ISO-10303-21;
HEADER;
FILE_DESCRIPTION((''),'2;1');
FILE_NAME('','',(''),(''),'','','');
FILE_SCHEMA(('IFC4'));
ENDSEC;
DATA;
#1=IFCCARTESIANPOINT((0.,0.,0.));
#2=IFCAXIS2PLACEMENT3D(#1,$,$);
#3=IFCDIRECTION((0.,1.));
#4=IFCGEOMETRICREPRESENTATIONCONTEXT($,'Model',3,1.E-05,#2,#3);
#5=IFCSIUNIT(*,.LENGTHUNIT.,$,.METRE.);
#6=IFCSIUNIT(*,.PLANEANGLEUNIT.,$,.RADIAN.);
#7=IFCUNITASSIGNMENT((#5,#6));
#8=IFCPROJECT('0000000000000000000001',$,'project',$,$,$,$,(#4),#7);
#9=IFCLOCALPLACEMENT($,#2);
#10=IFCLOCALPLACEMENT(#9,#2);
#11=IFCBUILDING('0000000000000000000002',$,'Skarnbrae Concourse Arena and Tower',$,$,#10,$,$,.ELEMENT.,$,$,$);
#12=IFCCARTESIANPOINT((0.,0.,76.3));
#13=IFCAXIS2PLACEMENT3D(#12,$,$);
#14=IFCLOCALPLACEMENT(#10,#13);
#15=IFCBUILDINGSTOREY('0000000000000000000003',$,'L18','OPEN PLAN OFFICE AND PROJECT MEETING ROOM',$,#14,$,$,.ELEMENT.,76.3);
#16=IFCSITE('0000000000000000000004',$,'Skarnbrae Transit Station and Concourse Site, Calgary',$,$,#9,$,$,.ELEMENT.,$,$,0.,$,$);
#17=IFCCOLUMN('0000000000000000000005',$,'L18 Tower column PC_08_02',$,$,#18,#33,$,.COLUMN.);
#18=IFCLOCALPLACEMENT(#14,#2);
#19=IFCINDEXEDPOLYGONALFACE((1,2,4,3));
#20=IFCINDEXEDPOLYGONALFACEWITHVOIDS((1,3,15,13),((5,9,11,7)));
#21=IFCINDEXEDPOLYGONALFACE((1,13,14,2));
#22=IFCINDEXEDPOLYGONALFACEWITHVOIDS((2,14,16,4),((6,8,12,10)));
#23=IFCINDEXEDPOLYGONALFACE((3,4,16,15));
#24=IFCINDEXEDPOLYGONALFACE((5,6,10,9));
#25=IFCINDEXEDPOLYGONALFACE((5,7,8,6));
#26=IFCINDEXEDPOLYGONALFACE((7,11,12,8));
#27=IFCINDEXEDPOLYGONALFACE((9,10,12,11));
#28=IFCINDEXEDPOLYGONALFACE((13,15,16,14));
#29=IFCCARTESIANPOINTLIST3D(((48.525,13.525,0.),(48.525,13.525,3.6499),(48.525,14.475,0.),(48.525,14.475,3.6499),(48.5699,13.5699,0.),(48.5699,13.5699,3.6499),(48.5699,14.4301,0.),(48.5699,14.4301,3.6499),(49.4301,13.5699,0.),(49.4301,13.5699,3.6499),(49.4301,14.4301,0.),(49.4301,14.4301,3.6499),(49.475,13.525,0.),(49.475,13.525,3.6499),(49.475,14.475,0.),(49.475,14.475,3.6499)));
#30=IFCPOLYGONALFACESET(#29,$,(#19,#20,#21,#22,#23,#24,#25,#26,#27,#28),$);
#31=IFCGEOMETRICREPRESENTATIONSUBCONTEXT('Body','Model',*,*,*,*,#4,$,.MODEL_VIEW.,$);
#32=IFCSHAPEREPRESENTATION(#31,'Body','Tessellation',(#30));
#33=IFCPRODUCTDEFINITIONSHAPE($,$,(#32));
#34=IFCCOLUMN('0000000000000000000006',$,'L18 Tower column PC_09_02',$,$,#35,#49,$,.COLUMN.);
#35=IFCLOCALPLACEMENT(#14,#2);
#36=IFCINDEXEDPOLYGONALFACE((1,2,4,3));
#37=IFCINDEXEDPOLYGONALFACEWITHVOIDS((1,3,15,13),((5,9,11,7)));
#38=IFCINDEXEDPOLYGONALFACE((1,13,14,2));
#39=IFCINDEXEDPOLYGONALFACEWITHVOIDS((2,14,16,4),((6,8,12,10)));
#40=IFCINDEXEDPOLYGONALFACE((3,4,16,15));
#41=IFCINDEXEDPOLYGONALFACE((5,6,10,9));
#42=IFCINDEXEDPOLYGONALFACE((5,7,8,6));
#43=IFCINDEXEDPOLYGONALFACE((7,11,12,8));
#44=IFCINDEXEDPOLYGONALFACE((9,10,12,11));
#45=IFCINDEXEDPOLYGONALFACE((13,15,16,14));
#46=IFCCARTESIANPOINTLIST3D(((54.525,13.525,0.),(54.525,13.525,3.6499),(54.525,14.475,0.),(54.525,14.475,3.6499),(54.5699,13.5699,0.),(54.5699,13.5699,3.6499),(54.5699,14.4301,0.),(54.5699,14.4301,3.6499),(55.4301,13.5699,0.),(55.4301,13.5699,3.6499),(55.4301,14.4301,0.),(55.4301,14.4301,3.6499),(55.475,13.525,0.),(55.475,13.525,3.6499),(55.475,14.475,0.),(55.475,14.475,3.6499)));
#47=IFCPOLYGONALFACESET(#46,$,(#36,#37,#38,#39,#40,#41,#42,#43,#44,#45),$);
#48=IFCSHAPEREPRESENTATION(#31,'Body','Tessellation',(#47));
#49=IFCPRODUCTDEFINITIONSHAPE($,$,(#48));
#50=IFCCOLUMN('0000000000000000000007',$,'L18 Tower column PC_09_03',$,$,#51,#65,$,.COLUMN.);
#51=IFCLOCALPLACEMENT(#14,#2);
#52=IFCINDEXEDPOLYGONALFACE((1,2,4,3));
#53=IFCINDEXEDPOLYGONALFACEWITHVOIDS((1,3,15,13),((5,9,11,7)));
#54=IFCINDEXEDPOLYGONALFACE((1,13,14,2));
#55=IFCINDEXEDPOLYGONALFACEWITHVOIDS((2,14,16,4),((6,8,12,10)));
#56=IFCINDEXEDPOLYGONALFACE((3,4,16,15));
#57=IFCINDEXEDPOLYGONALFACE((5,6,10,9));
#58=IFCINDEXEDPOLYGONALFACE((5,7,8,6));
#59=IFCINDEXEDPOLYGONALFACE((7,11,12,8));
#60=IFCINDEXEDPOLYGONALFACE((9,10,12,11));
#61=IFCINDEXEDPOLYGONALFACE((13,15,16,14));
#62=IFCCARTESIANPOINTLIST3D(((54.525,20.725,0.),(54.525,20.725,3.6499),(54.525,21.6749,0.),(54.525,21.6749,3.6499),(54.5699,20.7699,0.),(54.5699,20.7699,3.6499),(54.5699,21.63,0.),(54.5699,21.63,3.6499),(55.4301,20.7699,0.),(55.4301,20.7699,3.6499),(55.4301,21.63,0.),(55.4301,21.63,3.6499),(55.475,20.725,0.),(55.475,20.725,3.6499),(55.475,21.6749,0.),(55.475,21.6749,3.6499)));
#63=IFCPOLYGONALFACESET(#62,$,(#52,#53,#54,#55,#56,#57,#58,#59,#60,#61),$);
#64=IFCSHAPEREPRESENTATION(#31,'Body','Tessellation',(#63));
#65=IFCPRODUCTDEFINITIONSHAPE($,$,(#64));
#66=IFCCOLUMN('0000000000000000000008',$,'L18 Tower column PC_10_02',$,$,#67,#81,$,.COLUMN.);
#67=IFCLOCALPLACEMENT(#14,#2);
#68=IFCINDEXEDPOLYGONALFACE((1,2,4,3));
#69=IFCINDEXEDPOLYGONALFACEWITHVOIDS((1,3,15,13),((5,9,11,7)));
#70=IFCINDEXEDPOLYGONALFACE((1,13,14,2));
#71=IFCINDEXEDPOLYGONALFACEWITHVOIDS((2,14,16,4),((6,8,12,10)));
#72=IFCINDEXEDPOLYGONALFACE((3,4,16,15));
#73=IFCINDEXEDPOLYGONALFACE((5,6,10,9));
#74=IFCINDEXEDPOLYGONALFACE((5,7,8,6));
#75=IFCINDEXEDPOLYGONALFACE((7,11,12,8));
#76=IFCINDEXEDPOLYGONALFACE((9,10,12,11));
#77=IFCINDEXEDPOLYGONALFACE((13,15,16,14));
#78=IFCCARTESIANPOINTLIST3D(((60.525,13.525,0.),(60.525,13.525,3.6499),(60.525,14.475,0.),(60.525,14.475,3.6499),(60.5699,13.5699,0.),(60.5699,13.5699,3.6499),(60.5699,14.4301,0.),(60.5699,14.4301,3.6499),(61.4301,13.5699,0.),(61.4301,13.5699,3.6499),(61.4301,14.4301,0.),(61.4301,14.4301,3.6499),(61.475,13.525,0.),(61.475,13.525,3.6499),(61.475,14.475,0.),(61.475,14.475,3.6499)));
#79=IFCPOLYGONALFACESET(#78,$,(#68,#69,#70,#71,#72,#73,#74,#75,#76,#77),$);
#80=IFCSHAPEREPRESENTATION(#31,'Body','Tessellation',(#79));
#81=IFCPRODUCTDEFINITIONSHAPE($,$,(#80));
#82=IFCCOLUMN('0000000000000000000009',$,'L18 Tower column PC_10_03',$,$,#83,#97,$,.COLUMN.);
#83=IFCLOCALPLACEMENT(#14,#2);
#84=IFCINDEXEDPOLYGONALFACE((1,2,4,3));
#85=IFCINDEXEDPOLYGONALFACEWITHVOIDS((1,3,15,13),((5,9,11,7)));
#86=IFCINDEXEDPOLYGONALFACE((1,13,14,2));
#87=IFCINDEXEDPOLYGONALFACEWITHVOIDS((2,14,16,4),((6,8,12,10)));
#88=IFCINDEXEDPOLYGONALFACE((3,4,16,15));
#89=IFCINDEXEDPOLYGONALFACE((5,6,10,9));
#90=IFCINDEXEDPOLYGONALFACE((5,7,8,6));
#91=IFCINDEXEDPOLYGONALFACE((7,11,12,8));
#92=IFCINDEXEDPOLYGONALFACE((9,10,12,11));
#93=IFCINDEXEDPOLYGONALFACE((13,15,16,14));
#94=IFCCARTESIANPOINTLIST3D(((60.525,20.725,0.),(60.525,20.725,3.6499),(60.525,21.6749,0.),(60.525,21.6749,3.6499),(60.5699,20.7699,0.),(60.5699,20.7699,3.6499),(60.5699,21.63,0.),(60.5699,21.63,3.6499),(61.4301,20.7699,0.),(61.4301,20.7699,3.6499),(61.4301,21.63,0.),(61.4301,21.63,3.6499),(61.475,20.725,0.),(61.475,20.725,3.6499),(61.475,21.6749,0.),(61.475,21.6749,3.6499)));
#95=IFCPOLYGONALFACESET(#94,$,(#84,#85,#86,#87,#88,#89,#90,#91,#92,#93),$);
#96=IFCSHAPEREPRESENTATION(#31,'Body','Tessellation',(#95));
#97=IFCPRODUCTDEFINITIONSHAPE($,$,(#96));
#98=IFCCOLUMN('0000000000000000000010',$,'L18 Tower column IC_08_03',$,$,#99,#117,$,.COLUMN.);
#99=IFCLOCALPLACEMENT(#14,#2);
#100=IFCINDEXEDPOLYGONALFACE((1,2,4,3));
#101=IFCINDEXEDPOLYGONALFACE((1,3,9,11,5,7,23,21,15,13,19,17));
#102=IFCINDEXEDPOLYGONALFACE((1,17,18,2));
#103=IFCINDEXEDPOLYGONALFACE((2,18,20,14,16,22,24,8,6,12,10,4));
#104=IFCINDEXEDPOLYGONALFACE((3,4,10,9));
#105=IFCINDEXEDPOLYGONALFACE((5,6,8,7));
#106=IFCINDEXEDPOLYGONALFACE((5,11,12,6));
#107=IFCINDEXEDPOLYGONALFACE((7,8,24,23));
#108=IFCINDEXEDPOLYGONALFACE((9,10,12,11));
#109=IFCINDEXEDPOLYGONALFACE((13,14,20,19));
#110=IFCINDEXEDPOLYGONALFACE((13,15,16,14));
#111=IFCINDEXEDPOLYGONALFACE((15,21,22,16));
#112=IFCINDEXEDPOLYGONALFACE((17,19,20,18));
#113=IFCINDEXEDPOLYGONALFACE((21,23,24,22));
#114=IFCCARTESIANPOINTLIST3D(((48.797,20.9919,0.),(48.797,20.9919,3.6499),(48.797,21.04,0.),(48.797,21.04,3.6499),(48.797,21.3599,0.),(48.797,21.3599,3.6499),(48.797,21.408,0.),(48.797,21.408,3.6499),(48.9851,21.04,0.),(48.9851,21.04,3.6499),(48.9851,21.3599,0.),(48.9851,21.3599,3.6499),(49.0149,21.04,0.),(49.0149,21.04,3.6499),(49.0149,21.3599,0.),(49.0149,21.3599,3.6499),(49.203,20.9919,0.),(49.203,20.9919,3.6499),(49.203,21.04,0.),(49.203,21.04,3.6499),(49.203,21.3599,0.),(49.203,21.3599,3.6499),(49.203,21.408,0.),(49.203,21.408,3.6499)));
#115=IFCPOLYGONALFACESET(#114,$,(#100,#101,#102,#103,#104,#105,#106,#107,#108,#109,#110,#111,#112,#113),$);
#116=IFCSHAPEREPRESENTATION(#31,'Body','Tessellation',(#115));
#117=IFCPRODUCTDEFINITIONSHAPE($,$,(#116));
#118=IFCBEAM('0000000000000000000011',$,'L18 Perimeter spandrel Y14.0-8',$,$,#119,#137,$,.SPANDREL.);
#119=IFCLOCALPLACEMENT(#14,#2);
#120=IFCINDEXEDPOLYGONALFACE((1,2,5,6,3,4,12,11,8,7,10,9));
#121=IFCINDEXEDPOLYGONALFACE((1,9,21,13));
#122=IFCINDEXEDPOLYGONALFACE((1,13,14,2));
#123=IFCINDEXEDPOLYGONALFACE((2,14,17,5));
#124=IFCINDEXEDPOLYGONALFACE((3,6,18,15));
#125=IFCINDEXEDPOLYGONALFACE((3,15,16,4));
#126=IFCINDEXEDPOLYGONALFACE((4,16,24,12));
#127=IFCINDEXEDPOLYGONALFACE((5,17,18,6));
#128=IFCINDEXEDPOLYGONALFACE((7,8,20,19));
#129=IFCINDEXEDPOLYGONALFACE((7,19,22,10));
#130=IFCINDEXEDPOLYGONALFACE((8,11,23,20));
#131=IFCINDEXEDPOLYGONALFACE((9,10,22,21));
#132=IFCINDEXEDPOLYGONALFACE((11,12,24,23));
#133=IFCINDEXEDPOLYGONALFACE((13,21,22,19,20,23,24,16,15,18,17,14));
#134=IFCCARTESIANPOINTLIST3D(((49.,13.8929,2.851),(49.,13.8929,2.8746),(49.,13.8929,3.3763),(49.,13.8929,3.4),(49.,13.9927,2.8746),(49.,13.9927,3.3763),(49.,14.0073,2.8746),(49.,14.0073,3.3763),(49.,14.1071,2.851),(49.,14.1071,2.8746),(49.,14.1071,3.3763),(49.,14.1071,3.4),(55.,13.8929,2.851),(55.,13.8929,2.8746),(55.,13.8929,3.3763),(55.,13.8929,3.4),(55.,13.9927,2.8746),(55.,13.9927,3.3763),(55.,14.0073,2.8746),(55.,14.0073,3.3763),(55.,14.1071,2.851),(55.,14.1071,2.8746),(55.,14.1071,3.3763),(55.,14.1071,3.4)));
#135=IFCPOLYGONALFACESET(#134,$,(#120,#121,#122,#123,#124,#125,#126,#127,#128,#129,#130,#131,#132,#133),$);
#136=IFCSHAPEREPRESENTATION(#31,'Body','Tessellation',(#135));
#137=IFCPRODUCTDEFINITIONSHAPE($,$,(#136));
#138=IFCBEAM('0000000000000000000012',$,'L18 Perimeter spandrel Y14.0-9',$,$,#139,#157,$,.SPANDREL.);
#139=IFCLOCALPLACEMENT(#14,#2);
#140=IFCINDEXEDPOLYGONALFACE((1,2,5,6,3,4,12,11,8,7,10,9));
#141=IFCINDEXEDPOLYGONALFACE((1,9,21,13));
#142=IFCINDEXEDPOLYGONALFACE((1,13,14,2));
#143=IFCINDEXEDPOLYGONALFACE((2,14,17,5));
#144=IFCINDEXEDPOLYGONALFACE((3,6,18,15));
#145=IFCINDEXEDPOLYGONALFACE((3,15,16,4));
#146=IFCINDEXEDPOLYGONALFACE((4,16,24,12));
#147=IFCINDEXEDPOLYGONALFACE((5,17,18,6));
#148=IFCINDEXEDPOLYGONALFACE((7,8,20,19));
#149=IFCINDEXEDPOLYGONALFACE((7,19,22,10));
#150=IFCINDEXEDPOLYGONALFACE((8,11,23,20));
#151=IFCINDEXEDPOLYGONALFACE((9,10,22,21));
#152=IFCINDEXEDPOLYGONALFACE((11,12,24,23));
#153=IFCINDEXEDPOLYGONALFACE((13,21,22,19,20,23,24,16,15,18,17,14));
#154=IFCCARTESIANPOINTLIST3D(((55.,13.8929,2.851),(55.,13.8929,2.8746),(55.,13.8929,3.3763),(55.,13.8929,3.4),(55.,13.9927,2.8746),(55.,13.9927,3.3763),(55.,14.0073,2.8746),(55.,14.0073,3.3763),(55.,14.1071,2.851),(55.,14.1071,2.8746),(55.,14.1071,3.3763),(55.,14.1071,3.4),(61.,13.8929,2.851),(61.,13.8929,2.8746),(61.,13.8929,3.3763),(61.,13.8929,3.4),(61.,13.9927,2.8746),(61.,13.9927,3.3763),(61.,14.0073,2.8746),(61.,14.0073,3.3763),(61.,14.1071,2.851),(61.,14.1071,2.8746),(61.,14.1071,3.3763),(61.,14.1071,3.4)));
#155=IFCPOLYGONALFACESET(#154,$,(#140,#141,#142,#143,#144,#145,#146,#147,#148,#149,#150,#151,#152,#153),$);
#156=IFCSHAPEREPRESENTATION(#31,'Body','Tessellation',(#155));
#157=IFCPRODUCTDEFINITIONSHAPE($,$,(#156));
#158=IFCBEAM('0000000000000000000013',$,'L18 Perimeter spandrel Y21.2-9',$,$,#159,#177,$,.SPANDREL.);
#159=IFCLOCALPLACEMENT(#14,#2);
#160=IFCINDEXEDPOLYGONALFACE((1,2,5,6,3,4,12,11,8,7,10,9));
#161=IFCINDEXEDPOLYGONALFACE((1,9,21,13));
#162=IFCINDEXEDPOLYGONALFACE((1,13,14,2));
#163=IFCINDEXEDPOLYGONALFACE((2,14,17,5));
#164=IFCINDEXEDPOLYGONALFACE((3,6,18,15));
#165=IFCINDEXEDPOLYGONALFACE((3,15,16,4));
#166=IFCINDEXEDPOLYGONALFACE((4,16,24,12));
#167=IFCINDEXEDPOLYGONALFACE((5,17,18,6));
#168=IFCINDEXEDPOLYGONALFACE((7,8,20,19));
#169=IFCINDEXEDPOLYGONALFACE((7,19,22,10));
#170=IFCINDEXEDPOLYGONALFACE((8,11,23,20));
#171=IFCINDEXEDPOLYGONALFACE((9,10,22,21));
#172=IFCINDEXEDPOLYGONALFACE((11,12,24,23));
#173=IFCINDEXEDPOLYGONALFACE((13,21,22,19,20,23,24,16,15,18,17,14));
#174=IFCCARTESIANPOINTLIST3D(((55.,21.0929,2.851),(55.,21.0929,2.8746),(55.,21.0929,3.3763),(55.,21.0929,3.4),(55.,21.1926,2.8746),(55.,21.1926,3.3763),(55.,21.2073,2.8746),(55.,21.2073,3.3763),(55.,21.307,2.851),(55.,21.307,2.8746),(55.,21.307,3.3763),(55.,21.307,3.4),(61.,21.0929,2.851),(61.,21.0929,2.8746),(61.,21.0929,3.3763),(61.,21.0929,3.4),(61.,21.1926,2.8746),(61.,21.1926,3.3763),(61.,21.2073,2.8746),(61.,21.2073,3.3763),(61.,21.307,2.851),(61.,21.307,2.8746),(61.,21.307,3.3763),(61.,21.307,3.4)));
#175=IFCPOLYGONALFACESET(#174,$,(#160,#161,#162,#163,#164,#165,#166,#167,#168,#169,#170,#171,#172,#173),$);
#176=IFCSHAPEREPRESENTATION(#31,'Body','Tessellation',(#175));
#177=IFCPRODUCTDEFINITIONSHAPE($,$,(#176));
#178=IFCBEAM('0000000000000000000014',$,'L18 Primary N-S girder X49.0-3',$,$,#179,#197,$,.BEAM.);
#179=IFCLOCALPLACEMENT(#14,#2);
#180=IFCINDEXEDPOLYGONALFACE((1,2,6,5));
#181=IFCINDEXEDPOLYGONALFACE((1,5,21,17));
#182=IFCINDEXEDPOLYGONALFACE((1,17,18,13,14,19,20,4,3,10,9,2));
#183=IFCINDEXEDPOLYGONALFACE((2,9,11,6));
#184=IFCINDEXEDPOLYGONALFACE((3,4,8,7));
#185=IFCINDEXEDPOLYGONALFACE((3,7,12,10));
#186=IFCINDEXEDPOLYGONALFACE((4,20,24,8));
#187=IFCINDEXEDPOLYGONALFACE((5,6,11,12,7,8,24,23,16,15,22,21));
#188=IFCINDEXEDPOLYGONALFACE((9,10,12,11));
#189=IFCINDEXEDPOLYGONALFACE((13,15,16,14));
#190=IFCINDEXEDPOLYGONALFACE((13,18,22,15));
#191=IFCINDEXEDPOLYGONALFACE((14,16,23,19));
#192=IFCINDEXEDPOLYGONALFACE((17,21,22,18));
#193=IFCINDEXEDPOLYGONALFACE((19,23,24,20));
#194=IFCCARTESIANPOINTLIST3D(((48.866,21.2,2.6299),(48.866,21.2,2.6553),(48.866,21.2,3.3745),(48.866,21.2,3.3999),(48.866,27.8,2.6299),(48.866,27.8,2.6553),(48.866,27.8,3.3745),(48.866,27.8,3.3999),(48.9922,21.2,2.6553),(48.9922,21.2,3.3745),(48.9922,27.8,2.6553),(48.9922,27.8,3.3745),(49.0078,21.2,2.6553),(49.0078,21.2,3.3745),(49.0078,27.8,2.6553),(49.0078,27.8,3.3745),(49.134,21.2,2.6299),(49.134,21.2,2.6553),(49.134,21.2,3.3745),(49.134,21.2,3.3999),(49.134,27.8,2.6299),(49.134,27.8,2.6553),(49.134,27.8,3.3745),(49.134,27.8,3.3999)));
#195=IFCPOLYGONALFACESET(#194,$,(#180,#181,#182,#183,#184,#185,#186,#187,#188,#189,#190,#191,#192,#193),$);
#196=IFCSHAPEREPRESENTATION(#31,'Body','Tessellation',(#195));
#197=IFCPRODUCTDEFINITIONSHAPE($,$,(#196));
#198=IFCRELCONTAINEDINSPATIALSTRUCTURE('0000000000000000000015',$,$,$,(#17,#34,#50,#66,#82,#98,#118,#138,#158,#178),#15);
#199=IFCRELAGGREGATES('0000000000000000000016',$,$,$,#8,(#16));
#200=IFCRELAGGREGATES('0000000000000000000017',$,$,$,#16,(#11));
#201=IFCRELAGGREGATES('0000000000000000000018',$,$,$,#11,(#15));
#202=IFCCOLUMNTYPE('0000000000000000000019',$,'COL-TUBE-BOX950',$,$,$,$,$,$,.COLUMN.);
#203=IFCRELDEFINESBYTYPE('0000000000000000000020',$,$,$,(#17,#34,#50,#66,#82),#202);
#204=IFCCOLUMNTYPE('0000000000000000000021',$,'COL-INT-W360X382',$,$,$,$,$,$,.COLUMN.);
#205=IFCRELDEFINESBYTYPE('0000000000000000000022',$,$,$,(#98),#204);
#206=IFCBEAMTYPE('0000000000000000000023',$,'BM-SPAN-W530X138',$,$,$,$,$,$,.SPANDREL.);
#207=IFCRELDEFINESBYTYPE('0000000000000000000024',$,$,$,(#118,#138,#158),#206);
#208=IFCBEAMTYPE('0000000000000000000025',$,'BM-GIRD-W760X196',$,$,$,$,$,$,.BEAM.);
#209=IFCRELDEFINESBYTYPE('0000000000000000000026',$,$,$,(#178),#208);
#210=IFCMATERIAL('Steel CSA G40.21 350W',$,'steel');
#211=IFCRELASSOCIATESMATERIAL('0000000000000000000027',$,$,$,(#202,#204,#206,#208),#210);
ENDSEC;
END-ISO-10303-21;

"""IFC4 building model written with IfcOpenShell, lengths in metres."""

from ifc_helpers import new_model, si_unit, direction, frame, origin, origin_2d, place, context, subcontext, project, spatial, hollow_rectangle, i_section, extrude, source, transform, mapped, material, material_profile, profile_set, type_object, element, save


model = new_model("IFC4")

# Units and contexts
model_context = context("Model", 3, precision=1e-05, world=origin(), true_north=direction((0.0, 1.0)))
body_context = subcontext(model_context, "Body", "Model", "MODEL_VIEW")
ifc_project = project(units=[si_unit("LENGTHUNIT", "METRE"), si_unit("PLANEANGLEUNIT", "RADIAN")], contexts=[model_context])

# Site, building, storey
site_placement = place(None, origin())
site = spatial("IfcSite", under=ifc_project, at=site_placement, Name="Skarnbrae Transit Station and Concourse Site, Calgary", CompositionType="ELEMENT", RefElevation=0.0)
building_placement = place(site_placement, origin())
building = spatial("IfcBuilding", under=site, at=building_placement, Name="Skarnbrae Concourse Arena and Tower", CompositionType="ELEMENT")
storey_placement = place(building_placement, frame((0.0, 0.0, 76.3)))
storey = spatial("IfcBuildingStorey", under=building, at=storey_placement, Name="L18", Description="OPEN PLAN OFFICE AND PROJECT MEETING ROOM", CompositionType="ELEMENT", Elevation=76.3)

# Columns
ifc_material_1 = material(Name="Steel CSA G40.21 350W", Category="steel")
ifc_material_profile_1 = material_profile(ifc_material_1, hollow_rectangle(XDim=0.95, YDim=0.95, WallThickness=0.0449, at=origin_2d()), Name="BOX950X950X45")
ifc_profile_set_1 = profile_set([ifc_material_profile_1], Name="Steel CSA G40.21 350W")
column_type_1 = type_object("IfcColumnType", Name="COL-TUBE-BOX950", PredefinedType="COLUMN", material=ifc_profile_set_1)
shared_shape_1 = source(origin(), body_context, "Body", "SweptSolid", [
    extrude(hollow_rectangle(XDim=0.95, YDim=0.95, WallThickness=0.0449, at=origin_2d()), origin(), (0.0, 0.0, 1.0), 3.6499),
])
for number, where, z_axis, x_axis, name in (
    (1, (49.0, 14.0, 0.0), (0.0, 0.0, 1.0), (1.0, 0.0, 0.0), "L18 Tower column PC_08_02"),
    (2, (55.0, 14.0, 0.0), (0.0, 0.0, 1.0), (1.0, 0.0, 0.0), "L18 Tower column PC_09_02"),
    (3, (55.0, 21.2, 0.0), (0.0, 0.0, 1.0), (1.0, 0.0, 0.0), "L18 Tower column PC_09_03"),
    (4, (61.0, 14.0, 0.0), (0.0, 0.0, 1.0), (1.0, 0.0, 0.0), "L18 Tower column PC_10_02"),
    (5, (61.0, 21.2, 0.0), (0.0, 0.0, 1.0), (1.0, 0.0, 0.0), "L18 Tower column PC_10_03"),
):
    element("IfcColumn", number, at=place(storey_placement, frame(where, z_axis=z_axis, x_axis=x_axis)), inside=storey, type_object=column_type_1, Name=name, PredefinedType="COLUMN", context=body_context, shape_type="MappedRepresentation", body=[
        mapped(shared_shape_1, transform((0.0, 0.0, 0.0))),
    ])
ifc_material_profile_2 = material_profile(ifc_material_1, i_section(OverallWidth=0.406, OverallDepth=0.416, WebThickness=0.0298, FlangeThickness=0.0481, at=origin_2d()), Name="W360X382")
ifc_profile_set_2 = profile_set([ifc_material_profile_2], Name="Steel CSA G40.21 350W")
column_type_2 = type_object("IfcColumnType", Name="COL-INT-W360X382", PredefinedType="COLUMN", material=ifc_profile_set_2)
shared_shape_2 = source(origin(), body_context, "Body", "SweptSolid", [
    extrude(i_section(OverallWidth=0.406, OverallDepth=0.416, WebThickness=0.0298, FlangeThickness=0.0481, at=origin_2d()), origin(), (0.0, 0.0, 1.0), 3.6499),
])
column_placement = place(storey_placement, frame((49.0, 21.2, 0.0), z_axis=(0.0, 0.0, 1.0), x_axis=(1.0, 0.0, 0.0)))
element("IfcColumn", 6, at=column_placement, inside=storey, type_object=column_type_2, Name="L18 Tower column IC_08_03", PredefinedType="COLUMN", context=body_context, shape_type="MappedRepresentation", body=[
    mapped(shared_shape_2, transform((0.0, 0.0, 0.0))),
])

# Beams
ifc_material_profile_3 = material_profile(ifc_material_1, i_section(OverallWidth=0.2141, OverallDepth=0.5491, WebThickness=0.0146, FlangeThickness=0.0237, at=origin_2d()), Name="W530X138")
ifc_profile_set_3 = profile_set([ifc_material_profile_3], Name="Steel CSA G40.21 350W")
beam_type_1 = type_object("IfcBeamType", Name="BM-SPAN-W530X138", PredefinedType="SPANDREL", material=ifc_profile_set_3)
shared_shape_3 = source(origin(), body_context, "Body", "SweptSolid", [
    extrude(i_section(OverallWidth=0.2141, OverallDepth=0.5491, WebThickness=0.0146, FlangeThickness=0.0237, at=origin_2d()), origin(), (0.0, 0.0, 1.0), 6.0),
])
for number, where, z_axis, x_axis, name in (
    (7, (49.0, 14.0, 3.1255), (1.0, 0.0, 0.0), (0.0, 1.0, 0.0), "L18 Perimeter spandrel Y14.0-8"),
    (8, (55.0, 14.0, 3.1255), (1.0, 0.0, 0.0), (0.0, 1.0, 0.0), "L18 Perimeter spandrel Y14.0-9"),
    (9, (55.0, 21.2, 3.1255), (1.0, 0.0, 0.0), (0.0, 1.0, 0.0), "L18 Perimeter spandrel Y21.2-9"),
):
    element("IfcBeam", number, at=place(storey_placement, frame(where, z_axis=z_axis, x_axis=x_axis)), inside=storey, type_object=beam_type_1, Name=name, PredefinedType="SPANDREL", context=body_context, shape_type="MappedRepresentation", body=[
        mapped(shared_shape_3, transform((0.0, 0.0, 0.0))),
    ])
ifc_material_profile_4 = material_profile(ifc_material_1, i_section(OverallWidth=0.2681, OverallDepth=0.77, WebThickness=0.0156, FlangeThickness=0.0254, at=origin_2d()), Name="W760X196")
ifc_profile_set_4 = profile_set([ifc_material_profile_4], Name="Steel CSA G40.21 350W")
beam_type_2 = type_object("IfcBeamType", Name="BM-GIRD-W760X196", PredefinedType="BEAM", material=ifc_profile_set_4)
shared_shape_4 = source(origin(), body_context, "Body", "SweptSolid", [
    extrude(i_section(OverallWidth=0.2681, OverallDepth=0.77, WebThickness=0.0156, FlangeThickness=0.0254, at=origin_2d()), origin(), (0.0, 0.0, 1.0), 6.6001),
])
beam_1_placement = place(storey_placement, frame((49.0, 21.2, 3.0149), z_axis=(0.0, 1.0, 0.0), x_axis=(-1.0, 0.0, 0.0)))
element("IfcBeam", 10, at=beam_1_placement, inside=storey, type_object=beam_type_2, Name="L18 Primary N-S girder X49.0-3", PredefinedType="BEAM", context=body_context, shape_type="MappedRepresentation", body=[
    mapped(shared_shape_4, transform((0.0, 0.0, 0.0))),
])

save(model, "model.ifc")
